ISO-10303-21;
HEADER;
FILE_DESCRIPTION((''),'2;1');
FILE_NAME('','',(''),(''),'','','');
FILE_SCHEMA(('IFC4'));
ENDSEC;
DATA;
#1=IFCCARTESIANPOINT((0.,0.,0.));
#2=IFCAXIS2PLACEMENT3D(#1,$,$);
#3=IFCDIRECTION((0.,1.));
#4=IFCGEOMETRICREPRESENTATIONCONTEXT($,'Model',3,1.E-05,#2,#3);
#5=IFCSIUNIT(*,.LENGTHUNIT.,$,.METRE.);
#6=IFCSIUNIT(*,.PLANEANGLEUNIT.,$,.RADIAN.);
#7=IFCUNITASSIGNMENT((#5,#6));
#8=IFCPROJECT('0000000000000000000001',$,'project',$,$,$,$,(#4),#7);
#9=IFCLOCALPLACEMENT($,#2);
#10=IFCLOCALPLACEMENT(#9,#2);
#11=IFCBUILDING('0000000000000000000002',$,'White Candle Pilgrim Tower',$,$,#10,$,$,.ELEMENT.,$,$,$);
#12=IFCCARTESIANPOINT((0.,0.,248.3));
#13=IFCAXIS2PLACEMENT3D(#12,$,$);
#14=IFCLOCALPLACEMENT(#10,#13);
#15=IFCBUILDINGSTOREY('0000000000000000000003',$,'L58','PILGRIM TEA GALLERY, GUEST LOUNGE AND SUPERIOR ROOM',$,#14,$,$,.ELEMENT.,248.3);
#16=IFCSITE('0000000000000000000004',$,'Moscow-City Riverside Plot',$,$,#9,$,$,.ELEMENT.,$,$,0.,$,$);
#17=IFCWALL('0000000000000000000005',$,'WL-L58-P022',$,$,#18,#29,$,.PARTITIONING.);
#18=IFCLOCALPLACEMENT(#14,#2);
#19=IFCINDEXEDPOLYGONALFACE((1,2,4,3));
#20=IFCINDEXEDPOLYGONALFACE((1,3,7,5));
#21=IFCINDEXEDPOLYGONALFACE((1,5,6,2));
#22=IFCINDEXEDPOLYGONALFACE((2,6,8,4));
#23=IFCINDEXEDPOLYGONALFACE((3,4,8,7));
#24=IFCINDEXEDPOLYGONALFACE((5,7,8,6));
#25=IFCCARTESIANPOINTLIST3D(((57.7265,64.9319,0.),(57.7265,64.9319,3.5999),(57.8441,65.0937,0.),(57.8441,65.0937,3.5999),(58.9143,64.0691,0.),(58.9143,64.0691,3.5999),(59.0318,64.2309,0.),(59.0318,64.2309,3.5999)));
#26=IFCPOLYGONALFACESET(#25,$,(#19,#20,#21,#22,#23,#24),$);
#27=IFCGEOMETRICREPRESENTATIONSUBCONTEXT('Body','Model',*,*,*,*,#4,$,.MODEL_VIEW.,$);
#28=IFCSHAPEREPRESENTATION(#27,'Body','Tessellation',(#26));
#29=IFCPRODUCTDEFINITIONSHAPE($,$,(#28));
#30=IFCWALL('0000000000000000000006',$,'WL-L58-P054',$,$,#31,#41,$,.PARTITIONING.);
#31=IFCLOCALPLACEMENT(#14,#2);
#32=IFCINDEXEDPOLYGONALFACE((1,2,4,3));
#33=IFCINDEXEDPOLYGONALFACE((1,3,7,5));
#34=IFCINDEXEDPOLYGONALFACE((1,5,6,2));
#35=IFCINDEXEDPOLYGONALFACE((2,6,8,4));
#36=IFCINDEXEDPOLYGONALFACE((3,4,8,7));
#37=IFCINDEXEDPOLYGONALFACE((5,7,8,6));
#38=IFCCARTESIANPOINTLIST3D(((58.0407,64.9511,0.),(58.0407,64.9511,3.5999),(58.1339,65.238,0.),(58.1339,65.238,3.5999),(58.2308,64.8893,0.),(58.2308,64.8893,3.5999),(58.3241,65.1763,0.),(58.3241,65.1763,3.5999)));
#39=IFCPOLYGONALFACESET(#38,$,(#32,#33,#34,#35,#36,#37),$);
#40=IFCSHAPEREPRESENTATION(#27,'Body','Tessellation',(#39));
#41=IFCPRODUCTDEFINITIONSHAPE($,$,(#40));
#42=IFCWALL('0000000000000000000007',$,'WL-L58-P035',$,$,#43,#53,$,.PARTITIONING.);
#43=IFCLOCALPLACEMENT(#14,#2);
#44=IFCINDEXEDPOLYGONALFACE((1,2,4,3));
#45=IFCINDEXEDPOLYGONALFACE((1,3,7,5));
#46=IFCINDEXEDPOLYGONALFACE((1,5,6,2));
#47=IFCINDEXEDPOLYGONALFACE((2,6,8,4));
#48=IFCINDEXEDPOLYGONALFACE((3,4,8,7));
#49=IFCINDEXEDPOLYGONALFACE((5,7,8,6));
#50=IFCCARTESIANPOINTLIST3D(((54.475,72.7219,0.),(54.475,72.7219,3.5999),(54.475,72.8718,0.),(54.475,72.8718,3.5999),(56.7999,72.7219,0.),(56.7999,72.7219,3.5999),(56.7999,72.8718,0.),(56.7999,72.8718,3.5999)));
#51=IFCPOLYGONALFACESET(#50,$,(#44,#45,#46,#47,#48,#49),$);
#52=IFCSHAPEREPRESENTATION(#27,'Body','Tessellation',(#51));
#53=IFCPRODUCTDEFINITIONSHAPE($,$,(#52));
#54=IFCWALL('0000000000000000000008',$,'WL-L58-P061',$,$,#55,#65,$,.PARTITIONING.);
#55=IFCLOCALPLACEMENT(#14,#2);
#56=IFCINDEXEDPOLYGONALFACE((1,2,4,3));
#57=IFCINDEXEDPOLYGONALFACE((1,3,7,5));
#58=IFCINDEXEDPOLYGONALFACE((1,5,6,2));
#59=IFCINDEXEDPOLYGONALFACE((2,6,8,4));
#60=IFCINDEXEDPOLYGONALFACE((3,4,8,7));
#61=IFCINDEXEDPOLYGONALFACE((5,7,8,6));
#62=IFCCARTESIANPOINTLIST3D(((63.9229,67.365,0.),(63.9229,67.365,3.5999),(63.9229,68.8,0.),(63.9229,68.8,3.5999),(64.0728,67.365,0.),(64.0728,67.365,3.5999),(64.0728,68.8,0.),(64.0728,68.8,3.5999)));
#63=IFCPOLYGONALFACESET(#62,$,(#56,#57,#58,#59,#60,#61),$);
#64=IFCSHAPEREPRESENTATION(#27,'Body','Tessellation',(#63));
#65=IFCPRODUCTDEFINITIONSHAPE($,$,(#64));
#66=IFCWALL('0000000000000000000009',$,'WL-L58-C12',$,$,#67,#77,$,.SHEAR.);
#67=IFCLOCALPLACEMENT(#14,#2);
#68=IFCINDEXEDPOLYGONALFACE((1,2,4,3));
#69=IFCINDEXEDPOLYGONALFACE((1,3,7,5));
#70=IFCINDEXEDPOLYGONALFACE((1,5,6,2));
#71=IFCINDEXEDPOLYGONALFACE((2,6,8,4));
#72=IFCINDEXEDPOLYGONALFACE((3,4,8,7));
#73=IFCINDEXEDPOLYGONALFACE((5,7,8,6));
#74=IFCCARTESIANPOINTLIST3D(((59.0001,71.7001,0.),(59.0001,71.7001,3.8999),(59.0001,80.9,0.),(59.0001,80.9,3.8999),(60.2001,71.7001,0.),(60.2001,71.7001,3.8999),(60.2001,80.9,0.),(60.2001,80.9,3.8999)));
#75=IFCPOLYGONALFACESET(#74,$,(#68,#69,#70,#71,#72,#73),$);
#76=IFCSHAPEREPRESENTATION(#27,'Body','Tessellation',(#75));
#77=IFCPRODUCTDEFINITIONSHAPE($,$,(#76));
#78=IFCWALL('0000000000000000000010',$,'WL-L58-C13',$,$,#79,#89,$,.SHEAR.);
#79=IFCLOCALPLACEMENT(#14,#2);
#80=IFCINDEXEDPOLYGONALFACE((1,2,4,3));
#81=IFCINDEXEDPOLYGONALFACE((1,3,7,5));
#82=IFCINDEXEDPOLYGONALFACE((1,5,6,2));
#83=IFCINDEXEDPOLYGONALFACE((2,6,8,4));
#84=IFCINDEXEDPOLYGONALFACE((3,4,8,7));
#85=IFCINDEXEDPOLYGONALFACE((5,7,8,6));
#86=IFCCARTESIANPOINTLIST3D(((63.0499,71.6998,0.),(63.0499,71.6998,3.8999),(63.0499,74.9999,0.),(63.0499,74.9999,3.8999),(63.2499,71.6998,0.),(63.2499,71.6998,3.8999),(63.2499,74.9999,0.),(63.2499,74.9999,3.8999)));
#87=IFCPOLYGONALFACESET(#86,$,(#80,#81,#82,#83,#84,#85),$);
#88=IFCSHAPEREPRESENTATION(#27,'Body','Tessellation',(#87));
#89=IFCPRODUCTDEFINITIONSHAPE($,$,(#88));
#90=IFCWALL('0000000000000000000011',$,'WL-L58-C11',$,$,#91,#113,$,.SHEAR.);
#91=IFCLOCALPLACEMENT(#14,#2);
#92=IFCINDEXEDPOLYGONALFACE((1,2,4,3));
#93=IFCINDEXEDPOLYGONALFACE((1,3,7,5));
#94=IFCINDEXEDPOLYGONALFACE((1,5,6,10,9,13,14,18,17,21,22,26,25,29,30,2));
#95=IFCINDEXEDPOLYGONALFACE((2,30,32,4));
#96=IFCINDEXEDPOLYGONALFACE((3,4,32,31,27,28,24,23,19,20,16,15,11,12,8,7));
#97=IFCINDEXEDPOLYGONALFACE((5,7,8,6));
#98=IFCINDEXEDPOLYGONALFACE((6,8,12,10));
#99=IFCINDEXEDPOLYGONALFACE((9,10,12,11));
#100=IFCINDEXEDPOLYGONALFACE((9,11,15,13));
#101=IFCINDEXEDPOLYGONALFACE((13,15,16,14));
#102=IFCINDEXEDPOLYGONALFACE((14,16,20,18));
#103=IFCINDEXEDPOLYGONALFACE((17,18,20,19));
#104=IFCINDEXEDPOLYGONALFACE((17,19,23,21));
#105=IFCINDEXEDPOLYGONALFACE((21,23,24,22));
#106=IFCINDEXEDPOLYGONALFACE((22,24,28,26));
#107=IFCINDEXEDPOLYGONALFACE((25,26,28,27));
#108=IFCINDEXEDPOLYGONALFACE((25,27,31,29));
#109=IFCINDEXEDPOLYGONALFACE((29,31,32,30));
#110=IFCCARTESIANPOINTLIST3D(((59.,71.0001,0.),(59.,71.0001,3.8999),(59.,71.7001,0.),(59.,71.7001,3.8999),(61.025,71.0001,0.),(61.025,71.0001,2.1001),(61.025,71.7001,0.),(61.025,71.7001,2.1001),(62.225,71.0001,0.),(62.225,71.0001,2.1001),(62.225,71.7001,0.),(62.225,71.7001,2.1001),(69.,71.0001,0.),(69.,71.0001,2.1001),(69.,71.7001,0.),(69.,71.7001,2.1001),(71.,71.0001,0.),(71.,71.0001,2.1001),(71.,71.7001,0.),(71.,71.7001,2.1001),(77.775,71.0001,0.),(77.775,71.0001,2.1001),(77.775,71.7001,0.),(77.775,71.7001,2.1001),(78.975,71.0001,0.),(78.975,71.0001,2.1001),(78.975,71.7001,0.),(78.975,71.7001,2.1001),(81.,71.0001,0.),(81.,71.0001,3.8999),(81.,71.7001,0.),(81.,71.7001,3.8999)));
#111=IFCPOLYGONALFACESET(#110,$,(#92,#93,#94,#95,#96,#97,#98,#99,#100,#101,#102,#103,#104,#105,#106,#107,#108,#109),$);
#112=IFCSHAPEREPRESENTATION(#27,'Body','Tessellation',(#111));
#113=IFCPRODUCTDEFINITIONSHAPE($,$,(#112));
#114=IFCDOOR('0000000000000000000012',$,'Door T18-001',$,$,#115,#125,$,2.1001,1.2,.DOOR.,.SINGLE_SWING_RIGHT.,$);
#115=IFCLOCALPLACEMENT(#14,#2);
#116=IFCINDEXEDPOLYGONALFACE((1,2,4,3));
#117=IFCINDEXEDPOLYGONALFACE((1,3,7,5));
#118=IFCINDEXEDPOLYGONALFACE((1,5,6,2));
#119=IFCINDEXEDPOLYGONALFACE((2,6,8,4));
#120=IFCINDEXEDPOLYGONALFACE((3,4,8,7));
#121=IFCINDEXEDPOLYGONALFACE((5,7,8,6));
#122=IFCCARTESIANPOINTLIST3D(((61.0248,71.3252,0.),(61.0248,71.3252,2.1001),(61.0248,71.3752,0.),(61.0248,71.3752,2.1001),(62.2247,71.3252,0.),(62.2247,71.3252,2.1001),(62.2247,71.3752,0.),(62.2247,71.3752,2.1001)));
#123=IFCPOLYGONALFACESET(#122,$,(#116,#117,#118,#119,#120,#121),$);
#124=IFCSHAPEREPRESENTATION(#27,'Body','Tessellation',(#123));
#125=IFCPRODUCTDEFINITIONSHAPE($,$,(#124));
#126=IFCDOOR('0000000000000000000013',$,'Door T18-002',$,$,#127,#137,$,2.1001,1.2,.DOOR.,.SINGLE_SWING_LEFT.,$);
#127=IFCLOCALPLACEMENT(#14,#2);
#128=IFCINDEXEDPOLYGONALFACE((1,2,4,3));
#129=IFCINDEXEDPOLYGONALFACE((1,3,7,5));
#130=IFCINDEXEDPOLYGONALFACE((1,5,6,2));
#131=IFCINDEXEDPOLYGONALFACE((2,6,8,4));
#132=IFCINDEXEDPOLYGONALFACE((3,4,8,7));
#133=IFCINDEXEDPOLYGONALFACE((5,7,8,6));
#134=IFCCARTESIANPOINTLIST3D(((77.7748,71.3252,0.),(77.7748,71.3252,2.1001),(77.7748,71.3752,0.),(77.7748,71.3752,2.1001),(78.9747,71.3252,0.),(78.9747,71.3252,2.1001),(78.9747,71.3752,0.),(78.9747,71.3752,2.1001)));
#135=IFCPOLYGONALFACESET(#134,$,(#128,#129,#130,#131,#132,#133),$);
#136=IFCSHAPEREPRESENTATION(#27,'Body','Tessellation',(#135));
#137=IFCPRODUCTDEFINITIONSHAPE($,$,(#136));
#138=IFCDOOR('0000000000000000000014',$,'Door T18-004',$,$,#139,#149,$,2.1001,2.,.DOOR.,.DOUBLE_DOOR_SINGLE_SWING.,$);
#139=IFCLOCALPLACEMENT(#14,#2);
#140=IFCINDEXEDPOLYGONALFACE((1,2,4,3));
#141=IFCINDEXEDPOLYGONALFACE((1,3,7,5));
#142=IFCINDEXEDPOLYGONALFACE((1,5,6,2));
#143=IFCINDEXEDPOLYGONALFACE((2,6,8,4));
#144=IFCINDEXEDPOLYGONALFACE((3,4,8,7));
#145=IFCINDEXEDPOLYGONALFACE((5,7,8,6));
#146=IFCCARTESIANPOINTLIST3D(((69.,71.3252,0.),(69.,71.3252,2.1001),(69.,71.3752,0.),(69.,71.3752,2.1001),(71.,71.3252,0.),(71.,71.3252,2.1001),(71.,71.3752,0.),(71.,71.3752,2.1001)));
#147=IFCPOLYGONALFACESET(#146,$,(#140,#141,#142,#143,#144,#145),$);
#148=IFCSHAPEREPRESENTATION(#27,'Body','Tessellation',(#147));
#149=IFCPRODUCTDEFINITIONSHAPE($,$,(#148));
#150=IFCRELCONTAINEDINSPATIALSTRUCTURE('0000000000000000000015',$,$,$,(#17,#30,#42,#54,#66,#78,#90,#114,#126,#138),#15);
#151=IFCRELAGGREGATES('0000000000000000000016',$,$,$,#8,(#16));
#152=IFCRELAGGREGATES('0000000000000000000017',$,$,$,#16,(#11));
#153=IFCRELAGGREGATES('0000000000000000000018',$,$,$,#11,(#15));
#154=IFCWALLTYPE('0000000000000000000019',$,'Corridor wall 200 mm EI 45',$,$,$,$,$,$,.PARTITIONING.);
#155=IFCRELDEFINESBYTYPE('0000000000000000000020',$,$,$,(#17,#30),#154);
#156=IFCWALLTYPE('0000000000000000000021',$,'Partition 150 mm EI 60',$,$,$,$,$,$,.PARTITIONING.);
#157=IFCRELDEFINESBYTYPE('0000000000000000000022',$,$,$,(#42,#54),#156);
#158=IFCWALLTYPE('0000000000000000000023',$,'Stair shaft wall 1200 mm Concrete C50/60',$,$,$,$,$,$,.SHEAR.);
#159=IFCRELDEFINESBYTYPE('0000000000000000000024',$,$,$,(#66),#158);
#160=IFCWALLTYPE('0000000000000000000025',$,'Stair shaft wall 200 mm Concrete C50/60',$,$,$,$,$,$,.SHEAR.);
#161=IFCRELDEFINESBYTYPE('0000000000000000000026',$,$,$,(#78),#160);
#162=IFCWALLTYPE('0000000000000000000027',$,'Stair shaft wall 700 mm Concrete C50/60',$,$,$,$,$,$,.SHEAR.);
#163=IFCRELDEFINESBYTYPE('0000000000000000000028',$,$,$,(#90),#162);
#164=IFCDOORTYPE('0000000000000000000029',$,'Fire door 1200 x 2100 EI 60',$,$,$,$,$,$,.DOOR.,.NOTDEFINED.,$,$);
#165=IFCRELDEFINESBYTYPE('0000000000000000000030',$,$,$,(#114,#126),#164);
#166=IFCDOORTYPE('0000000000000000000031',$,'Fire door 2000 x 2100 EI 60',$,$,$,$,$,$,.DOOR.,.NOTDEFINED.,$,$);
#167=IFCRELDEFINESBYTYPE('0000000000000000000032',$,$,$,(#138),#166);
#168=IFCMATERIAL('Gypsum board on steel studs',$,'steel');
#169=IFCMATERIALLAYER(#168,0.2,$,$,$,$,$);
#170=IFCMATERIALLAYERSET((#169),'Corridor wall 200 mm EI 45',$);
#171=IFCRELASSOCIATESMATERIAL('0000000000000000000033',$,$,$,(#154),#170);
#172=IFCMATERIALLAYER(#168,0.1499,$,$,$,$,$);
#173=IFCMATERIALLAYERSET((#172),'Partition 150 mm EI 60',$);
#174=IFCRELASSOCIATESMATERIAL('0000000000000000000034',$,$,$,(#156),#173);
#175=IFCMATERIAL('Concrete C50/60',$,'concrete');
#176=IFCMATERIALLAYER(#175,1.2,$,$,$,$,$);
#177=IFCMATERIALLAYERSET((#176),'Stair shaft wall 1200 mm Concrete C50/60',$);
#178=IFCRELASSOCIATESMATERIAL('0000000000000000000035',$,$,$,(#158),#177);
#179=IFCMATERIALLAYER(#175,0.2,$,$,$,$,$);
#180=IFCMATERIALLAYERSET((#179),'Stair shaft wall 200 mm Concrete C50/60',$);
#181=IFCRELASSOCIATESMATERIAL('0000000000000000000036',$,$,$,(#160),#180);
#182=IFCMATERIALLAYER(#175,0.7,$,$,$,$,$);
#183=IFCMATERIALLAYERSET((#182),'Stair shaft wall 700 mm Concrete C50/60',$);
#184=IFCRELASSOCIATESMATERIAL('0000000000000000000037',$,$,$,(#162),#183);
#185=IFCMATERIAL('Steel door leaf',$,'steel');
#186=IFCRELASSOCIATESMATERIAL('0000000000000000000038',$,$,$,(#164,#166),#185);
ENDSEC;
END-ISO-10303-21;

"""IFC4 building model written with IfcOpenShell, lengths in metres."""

from ifc_helpers import new_model, si_unit, direction, frame, frame_2d, origin, place, context, subcontext, project, spatial, rectangle, extrude, material, layer, layer_set, type_object, element, fill, save


model = new_model("IFC4")

# Units and contexts
model_context = context("Model", 3, precision=1e-05, world=origin(), true_north=direction((0.0, 1.0)))
body_context = subcontext(model_context, "Body", "Model", "MODEL_VIEW")
ifc_project = project(units=[si_unit("LENGTHUNIT", "METRE"), si_unit("PLANEANGLEUNIT", "RADIAN")], contexts=[model_context])

# Site, building, storey
site_placement = place(None, origin())
site = spatial("IfcSite", under=ifc_project, at=site_placement, Name="Moscow-City Riverside Plot", CompositionType="ELEMENT", RefElevation=0.0)
building_placement = place(site_placement, origin())
building = spatial("IfcBuilding", under=site, at=building_placement, Name="White Candle Pilgrim Tower", CompositionType="ELEMENT")
storey_placement = place(building_placement, frame((0.0, 0.0, 248.3)))
storey = spatial("IfcBuildingStorey", under=building, at=storey_placement, Name="L58", Description="PILGRIM TEA GALLERY, GUEST LOUNGE AND SUPERIOR ROOM", CompositionType="ELEMENT", Elevation=248.3)

# Shared definitions
ifc_material_1 = material(Name="Gypsum board on steel studs", Category="steel")
ifc_layer_1 = layer(ifc_material_1, 0.2)
ifc_layer_set_1 = layer_set([ifc_layer_1], Name="Corridor wall 200 mm EI 45")
wall_type_1 = type_object("IfcWallType", Name="Corridor wall 200 mm EI 45", PredefinedType="PARTITIONING", material=ifc_layer_set_1)
ifc_material_2 = material(Name="Steel door leaf", Category="steel")

# Walls
wall_1_placement = place(storey_placement, frame((57.7854, 65.0127, 0.0), z_axis=(0.0, 0.0, 1.0), x_axis=(0.809067, -0.587717, 0.0)))
element("IfcWall", 1, at=wall_1_placement, inside=storey, type_object=wall_type_1, Name="WL-L58-P022", PredefinedType="PARTITIONING", context=body_context, shape_type="SweptSolid", body=[
    extrude(rectangle(XDim=1.468, YDim=0.2, at=frame_2d((0.7339, 0.0))), origin(), (0.0, 0.0, 1.0), 3.5999),
])
wall_2_placement = place(storey_placement, frame((58.1357, 64.9202, 0.0), z_axis=(0.0, 0.0, 1.0), x_axis=(0.30894, 0.951082, 0.0)))
element("IfcWall", 2, at=wall_2_placement, inside=storey, type_object=wall_type_1, Name="WL-L58-P054", PredefinedType="PARTITIONING", context=body_context, shape_type="SweptSolid", body=[
    extrude(rectangle(XDim=0.3018, YDim=0.2, at=frame_2d((0.1509, 0.0))), origin(), (0.0, 0.0, 1.0), 3.5999),
])
ifc_layer_2 = layer(ifc_material_1, 0.1499)
ifc_layer_set_2 = layer_set([ifc_layer_2], Name="Partition 150 mm EI 60")
wall_type_2 = type_object("IfcWallType", Name="Partition 150 mm EI 60", PredefinedType="PARTITIONING", material=ifc_layer_set_2)
wall_3_placement = place(storey_placement, frame((56.8, 72.7969, 0.0), z_axis=(0.0, 0.0, 1.0), x_axis=(-1.0, 0.0, 0.0)))
element("IfcWall", 3, at=wall_3_placement, inside=storey, type_object=wall_type_2, Name="WL-L58-P035", PredefinedType="PARTITIONING", context=body_context, shape_type="SweptSolid", body=[
    extrude(rectangle(XDim=2.325, YDim=0.1499, at=frame_2d((1.1626, 0.0))), origin(), (0.0, 0.0, 1.0), 3.5999),
])
wall_4_placement = place(storey_placement, frame((63.9978, 67.365, 0.0), z_axis=(0.0, 0.0, 1.0), x_axis=(0.0, 1.0, 0.0)))
element("IfcWall", 4, at=wall_4_placement, inside=storey, type_object=wall_type_2, Name="WL-L58-P061", PredefinedType="PARTITIONING", context=body_context, shape_type="SweptSolid", body=[
    extrude(rectangle(XDim=1.4351, YDim=0.1499, at=frame_2d((0.7175, 0.0))), origin(), (0.0, 0.0, 1.0), 3.5999),
])
ifc_material_3 = material(Name="Concrete C50/60", Category="concrete")
ifc_layer_3 = layer(ifc_material_3, 1.2)
ifc_layer_set_3 = layer_set([ifc_layer_3], Name="Stair shaft wall 1200 mm Concrete C50/60")
wall_type_3 = type_object("IfcWallType", Name="Stair shaft wall 1200 mm Concrete C50/60", PredefinedType="SHEAR", material=ifc_layer_set_3)
wall_5_placement = place(storey_placement, frame((59.6001, 71.7, 0.0), z_axis=(0.0, 0.0, 1.0), x_axis=(0.0, 1.0, 0.0)))
element("IfcWall", 5, at=wall_5_placement, inside=storey, type_object=wall_type_3, Name="WL-L58-C12", PredefinedType="SHEAR", context=body_context, shape_type="SweptSolid", body=[
    extrude(rectangle(XDim=9.2, YDim=1.2, at=frame_2d((4.6001, 0.0))), origin(), (0.0, 0.0, 1.0), 3.8999),
])
ifc_layer_4 = layer(ifc_material_3, 0.2)
ifc_layer_set_4 = layer_set([ifc_layer_4], Name="Stair shaft wall 200 mm Concrete C50/60")
wall_type_4 = type_object("IfcWallType", Name="Stair shaft wall 200 mm Concrete C50/60", PredefinedType="SHEAR", material=ifc_layer_set_4)
wall_6_placement = place(storey_placement, frame((63.1499, 71.7, 0.0), z_axis=(0.0, 0.0, 1.0), x_axis=(0.0, 1.0, 0.0)))
element("IfcWall", 6, at=wall_6_placement, inside=storey, type_object=wall_type_4, Name="WL-L58-C13", PredefinedType="SHEAR", context=body_context, shape_type="SweptSolid", body=[
    extrude(rectangle(XDim=3.3, YDim=0.2, at=frame_2d((1.6499, 0.0))), origin(), (0.0, 0.0, 1.0), 3.8999),
])

# Wall, openings, doors
ifc_layer_5 = layer(ifc_material_3, 0.7)
ifc_layer_set_5 = layer_set([ifc_layer_5], Name="Stair shaft wall 700 mm Concrete C50/60")
wall_type_5 = type_object("IfcWallType", Name="Stair shaft wall 700 mm Concrete C50/60", PredefinedType="SHEAR", material=ifc_layer_set_5)
wall_7_placement = place(storey_placement, frame((59.0, 71.3501, 0.0), z_axis=(0.0, 0.0, 1.0), x_axis=(1.0, 0.0, 0.0)))
wall_7 = element("IfcWall", 7, at=wall_7_placement, inside=storey, type_object=wall_type_5, Name="WL-L58-C11", PredefinedType="SHEAR", context=body_context, shape_type="SweptSolid", body=[
    extrude(rectangle(XDim=22.0, YDim=0.7, at=frame_2d((11.0, 0.0))), origin(), (0.0, 0.0, 1.0), 3.8999),
])
opening_1_placement = place(wall_7_placement, frame((2.0249, 0.0, 0.0)))
opening_1 = element("IfcOpeningElement", 8, at=opening_1_placement, cuts=wall_7, PredefinedType="OPENING", context=body_context, shape_type="SweptSolid", body=[
    extrude(rectangle(XDim=1.2, YDim=2.1001, at=frame_2d((0.6001, 1.05))), frame((0.0, 0.3599, 0.0), z_axis=(0.0, -1.0, 0.0), x_axis=(1.0, 0.0, 0.0)), (0.0, 0.0, 1.0), 0.72),
])
opening_2_placement = place(wall_7_placement, frame((18.7749, 0.0, 0.0)))
opening_2 = element("IfcOpeningElement", 9, at=opening_2_placement, cuts=wall_7, PredefinedType="OPENING", context=body_context, shape_type="SweptSolid", body=[
    extrude(rectangle(XDim=1.2, YDim=2.1001, at=frame_2d((0.6001, 1.05))), frame((0.0, 0.3599, 0.0), z_axis=(0.0, -1.0, 0.0), x_axis=(1.0, 0.0, 0.0)), (0.0, 0.0, 1.0), 0.72),
])
opening_3_placement = place(wall_7_placement, frame((10.0, 0.0, 0.0)))
opening_3 = element("IfcOpeningElement", 10, at=opening_3_placement, cuts=wall_7, PredefinedType="OPENING", context=body_context, shape_type="SweptSolid", body=[
    extrude(rectangle(XDim=2.0, YDim=2.1001, at=frame_2d((1.0, 1.05))), frame((0.0, 0.3599, 0.0), z_axis=(0.0, -1.0, 0.0), x_axis=(1.0, 0.0, 0.0)), (0.0, 0.0, 1.0), 0.72),
])
door_type_1 = type_object("IfcDoorType", Name="Fire door 1200 x 2100 EI 60", OperationType="NOTDEFINED", PredefinedType="DOOR", material=ifc_material_2)
door_1_placement = place(opening_1_placement, frame((1.2, 0.0, 0.0), z_axis=(0.0, 0.0, 1.0), x_axis=(-1.0, 0.0, 0.0)))
door_1 = element("IfcDoor", 11, at=door_1_placement, inside=storey, type_object=door_type_1, Name="Door T18-001", OperationType="SINGLE_SWING_RIGHT", OverallHeight=2.1001, OverallWidth=1.2, PredefinedType="DOOR", context=body_context, shape_type="SweptSolid", body=[
    extrude(rectangle(XDim=1.2, YDim=2.1001, at=frame_2d((0.6001, 1.05))), frame((0.0, 0.0249, 0.0), z_axis=(0.0, -1.0, 0.0), x_axis=(1.0, 0.0, 0.0)), (0.0, 0.0, 1.0), 0.05),
])
fill(opening_1, door_1)
door_2_placement = place(opening_2_placement, frame((1.2, 0.0, 0.0), z_axis=(0.0, 0.0, 1.0), x_axis=(-1.0, 0.0, 0.0)))
door_2 = element("IfcDoor", 12, at=door_2_placement, inside=storey, type_object=door_type_1, Name="Door T18-002", OperationType="SINGLE_SWING_LEFT", OverallHeight=2.1001, OverallWidth=1.2, PredefinedType="DOOR", context=body_context, shape_type="SweptSolid", body=[
    extrude(rectangle(XDim=1.2, YDim=2.1001, at=frame_2d((0.6001, 1.05))), frame((0.0, 0.0249, 0.0), z_axis=(0.0, -1.0, 0.0), x_axis=(1.0, 0.0, 0.0)), (0.0, 0.0, 1.0), 0.05),
])
fill(opening_2, door_2)
door_type_2 = type_object("IfcDoorType", Name="Fire door 2000 x 2100 EI 60", OperationType="NOTDEFINED", PredefinedType="DOOR", material=ifc_material_2)
door_3_placement = place(opening_3_placement, frame((2.0, 0.0, 0.0), z_axis=(0.0, 0.0, 1.0), x_axis=(-1.0, 0.0, 0.0)))
door_3 = element("IfcDoor", 13, at=door_3_placement, inside=storey, type_object=door_type_2, Name="Door T18-004", OperationType="DOUBLE_DOOR_SINGLE_SWING", OverallHeight=2.1001, OverallWidth=2.0, PredefinedType="DOOR", context=body_context, shape_type="SweptSolid", body=[
    extrude(rectangle(XDim=2.0, YDim=2.1001, at=frame_2d((1.0, 1.05))), frame((0.0, 0.0249, 0.0), z_axis=(0.0, -1.0, 0.0), x_axis=(1.0, 0.0, 0.0)), (0.0, 0.0, 1.0), 0.05),
])
fill(opening_3, door_3)

save(model, "model.ifc")
